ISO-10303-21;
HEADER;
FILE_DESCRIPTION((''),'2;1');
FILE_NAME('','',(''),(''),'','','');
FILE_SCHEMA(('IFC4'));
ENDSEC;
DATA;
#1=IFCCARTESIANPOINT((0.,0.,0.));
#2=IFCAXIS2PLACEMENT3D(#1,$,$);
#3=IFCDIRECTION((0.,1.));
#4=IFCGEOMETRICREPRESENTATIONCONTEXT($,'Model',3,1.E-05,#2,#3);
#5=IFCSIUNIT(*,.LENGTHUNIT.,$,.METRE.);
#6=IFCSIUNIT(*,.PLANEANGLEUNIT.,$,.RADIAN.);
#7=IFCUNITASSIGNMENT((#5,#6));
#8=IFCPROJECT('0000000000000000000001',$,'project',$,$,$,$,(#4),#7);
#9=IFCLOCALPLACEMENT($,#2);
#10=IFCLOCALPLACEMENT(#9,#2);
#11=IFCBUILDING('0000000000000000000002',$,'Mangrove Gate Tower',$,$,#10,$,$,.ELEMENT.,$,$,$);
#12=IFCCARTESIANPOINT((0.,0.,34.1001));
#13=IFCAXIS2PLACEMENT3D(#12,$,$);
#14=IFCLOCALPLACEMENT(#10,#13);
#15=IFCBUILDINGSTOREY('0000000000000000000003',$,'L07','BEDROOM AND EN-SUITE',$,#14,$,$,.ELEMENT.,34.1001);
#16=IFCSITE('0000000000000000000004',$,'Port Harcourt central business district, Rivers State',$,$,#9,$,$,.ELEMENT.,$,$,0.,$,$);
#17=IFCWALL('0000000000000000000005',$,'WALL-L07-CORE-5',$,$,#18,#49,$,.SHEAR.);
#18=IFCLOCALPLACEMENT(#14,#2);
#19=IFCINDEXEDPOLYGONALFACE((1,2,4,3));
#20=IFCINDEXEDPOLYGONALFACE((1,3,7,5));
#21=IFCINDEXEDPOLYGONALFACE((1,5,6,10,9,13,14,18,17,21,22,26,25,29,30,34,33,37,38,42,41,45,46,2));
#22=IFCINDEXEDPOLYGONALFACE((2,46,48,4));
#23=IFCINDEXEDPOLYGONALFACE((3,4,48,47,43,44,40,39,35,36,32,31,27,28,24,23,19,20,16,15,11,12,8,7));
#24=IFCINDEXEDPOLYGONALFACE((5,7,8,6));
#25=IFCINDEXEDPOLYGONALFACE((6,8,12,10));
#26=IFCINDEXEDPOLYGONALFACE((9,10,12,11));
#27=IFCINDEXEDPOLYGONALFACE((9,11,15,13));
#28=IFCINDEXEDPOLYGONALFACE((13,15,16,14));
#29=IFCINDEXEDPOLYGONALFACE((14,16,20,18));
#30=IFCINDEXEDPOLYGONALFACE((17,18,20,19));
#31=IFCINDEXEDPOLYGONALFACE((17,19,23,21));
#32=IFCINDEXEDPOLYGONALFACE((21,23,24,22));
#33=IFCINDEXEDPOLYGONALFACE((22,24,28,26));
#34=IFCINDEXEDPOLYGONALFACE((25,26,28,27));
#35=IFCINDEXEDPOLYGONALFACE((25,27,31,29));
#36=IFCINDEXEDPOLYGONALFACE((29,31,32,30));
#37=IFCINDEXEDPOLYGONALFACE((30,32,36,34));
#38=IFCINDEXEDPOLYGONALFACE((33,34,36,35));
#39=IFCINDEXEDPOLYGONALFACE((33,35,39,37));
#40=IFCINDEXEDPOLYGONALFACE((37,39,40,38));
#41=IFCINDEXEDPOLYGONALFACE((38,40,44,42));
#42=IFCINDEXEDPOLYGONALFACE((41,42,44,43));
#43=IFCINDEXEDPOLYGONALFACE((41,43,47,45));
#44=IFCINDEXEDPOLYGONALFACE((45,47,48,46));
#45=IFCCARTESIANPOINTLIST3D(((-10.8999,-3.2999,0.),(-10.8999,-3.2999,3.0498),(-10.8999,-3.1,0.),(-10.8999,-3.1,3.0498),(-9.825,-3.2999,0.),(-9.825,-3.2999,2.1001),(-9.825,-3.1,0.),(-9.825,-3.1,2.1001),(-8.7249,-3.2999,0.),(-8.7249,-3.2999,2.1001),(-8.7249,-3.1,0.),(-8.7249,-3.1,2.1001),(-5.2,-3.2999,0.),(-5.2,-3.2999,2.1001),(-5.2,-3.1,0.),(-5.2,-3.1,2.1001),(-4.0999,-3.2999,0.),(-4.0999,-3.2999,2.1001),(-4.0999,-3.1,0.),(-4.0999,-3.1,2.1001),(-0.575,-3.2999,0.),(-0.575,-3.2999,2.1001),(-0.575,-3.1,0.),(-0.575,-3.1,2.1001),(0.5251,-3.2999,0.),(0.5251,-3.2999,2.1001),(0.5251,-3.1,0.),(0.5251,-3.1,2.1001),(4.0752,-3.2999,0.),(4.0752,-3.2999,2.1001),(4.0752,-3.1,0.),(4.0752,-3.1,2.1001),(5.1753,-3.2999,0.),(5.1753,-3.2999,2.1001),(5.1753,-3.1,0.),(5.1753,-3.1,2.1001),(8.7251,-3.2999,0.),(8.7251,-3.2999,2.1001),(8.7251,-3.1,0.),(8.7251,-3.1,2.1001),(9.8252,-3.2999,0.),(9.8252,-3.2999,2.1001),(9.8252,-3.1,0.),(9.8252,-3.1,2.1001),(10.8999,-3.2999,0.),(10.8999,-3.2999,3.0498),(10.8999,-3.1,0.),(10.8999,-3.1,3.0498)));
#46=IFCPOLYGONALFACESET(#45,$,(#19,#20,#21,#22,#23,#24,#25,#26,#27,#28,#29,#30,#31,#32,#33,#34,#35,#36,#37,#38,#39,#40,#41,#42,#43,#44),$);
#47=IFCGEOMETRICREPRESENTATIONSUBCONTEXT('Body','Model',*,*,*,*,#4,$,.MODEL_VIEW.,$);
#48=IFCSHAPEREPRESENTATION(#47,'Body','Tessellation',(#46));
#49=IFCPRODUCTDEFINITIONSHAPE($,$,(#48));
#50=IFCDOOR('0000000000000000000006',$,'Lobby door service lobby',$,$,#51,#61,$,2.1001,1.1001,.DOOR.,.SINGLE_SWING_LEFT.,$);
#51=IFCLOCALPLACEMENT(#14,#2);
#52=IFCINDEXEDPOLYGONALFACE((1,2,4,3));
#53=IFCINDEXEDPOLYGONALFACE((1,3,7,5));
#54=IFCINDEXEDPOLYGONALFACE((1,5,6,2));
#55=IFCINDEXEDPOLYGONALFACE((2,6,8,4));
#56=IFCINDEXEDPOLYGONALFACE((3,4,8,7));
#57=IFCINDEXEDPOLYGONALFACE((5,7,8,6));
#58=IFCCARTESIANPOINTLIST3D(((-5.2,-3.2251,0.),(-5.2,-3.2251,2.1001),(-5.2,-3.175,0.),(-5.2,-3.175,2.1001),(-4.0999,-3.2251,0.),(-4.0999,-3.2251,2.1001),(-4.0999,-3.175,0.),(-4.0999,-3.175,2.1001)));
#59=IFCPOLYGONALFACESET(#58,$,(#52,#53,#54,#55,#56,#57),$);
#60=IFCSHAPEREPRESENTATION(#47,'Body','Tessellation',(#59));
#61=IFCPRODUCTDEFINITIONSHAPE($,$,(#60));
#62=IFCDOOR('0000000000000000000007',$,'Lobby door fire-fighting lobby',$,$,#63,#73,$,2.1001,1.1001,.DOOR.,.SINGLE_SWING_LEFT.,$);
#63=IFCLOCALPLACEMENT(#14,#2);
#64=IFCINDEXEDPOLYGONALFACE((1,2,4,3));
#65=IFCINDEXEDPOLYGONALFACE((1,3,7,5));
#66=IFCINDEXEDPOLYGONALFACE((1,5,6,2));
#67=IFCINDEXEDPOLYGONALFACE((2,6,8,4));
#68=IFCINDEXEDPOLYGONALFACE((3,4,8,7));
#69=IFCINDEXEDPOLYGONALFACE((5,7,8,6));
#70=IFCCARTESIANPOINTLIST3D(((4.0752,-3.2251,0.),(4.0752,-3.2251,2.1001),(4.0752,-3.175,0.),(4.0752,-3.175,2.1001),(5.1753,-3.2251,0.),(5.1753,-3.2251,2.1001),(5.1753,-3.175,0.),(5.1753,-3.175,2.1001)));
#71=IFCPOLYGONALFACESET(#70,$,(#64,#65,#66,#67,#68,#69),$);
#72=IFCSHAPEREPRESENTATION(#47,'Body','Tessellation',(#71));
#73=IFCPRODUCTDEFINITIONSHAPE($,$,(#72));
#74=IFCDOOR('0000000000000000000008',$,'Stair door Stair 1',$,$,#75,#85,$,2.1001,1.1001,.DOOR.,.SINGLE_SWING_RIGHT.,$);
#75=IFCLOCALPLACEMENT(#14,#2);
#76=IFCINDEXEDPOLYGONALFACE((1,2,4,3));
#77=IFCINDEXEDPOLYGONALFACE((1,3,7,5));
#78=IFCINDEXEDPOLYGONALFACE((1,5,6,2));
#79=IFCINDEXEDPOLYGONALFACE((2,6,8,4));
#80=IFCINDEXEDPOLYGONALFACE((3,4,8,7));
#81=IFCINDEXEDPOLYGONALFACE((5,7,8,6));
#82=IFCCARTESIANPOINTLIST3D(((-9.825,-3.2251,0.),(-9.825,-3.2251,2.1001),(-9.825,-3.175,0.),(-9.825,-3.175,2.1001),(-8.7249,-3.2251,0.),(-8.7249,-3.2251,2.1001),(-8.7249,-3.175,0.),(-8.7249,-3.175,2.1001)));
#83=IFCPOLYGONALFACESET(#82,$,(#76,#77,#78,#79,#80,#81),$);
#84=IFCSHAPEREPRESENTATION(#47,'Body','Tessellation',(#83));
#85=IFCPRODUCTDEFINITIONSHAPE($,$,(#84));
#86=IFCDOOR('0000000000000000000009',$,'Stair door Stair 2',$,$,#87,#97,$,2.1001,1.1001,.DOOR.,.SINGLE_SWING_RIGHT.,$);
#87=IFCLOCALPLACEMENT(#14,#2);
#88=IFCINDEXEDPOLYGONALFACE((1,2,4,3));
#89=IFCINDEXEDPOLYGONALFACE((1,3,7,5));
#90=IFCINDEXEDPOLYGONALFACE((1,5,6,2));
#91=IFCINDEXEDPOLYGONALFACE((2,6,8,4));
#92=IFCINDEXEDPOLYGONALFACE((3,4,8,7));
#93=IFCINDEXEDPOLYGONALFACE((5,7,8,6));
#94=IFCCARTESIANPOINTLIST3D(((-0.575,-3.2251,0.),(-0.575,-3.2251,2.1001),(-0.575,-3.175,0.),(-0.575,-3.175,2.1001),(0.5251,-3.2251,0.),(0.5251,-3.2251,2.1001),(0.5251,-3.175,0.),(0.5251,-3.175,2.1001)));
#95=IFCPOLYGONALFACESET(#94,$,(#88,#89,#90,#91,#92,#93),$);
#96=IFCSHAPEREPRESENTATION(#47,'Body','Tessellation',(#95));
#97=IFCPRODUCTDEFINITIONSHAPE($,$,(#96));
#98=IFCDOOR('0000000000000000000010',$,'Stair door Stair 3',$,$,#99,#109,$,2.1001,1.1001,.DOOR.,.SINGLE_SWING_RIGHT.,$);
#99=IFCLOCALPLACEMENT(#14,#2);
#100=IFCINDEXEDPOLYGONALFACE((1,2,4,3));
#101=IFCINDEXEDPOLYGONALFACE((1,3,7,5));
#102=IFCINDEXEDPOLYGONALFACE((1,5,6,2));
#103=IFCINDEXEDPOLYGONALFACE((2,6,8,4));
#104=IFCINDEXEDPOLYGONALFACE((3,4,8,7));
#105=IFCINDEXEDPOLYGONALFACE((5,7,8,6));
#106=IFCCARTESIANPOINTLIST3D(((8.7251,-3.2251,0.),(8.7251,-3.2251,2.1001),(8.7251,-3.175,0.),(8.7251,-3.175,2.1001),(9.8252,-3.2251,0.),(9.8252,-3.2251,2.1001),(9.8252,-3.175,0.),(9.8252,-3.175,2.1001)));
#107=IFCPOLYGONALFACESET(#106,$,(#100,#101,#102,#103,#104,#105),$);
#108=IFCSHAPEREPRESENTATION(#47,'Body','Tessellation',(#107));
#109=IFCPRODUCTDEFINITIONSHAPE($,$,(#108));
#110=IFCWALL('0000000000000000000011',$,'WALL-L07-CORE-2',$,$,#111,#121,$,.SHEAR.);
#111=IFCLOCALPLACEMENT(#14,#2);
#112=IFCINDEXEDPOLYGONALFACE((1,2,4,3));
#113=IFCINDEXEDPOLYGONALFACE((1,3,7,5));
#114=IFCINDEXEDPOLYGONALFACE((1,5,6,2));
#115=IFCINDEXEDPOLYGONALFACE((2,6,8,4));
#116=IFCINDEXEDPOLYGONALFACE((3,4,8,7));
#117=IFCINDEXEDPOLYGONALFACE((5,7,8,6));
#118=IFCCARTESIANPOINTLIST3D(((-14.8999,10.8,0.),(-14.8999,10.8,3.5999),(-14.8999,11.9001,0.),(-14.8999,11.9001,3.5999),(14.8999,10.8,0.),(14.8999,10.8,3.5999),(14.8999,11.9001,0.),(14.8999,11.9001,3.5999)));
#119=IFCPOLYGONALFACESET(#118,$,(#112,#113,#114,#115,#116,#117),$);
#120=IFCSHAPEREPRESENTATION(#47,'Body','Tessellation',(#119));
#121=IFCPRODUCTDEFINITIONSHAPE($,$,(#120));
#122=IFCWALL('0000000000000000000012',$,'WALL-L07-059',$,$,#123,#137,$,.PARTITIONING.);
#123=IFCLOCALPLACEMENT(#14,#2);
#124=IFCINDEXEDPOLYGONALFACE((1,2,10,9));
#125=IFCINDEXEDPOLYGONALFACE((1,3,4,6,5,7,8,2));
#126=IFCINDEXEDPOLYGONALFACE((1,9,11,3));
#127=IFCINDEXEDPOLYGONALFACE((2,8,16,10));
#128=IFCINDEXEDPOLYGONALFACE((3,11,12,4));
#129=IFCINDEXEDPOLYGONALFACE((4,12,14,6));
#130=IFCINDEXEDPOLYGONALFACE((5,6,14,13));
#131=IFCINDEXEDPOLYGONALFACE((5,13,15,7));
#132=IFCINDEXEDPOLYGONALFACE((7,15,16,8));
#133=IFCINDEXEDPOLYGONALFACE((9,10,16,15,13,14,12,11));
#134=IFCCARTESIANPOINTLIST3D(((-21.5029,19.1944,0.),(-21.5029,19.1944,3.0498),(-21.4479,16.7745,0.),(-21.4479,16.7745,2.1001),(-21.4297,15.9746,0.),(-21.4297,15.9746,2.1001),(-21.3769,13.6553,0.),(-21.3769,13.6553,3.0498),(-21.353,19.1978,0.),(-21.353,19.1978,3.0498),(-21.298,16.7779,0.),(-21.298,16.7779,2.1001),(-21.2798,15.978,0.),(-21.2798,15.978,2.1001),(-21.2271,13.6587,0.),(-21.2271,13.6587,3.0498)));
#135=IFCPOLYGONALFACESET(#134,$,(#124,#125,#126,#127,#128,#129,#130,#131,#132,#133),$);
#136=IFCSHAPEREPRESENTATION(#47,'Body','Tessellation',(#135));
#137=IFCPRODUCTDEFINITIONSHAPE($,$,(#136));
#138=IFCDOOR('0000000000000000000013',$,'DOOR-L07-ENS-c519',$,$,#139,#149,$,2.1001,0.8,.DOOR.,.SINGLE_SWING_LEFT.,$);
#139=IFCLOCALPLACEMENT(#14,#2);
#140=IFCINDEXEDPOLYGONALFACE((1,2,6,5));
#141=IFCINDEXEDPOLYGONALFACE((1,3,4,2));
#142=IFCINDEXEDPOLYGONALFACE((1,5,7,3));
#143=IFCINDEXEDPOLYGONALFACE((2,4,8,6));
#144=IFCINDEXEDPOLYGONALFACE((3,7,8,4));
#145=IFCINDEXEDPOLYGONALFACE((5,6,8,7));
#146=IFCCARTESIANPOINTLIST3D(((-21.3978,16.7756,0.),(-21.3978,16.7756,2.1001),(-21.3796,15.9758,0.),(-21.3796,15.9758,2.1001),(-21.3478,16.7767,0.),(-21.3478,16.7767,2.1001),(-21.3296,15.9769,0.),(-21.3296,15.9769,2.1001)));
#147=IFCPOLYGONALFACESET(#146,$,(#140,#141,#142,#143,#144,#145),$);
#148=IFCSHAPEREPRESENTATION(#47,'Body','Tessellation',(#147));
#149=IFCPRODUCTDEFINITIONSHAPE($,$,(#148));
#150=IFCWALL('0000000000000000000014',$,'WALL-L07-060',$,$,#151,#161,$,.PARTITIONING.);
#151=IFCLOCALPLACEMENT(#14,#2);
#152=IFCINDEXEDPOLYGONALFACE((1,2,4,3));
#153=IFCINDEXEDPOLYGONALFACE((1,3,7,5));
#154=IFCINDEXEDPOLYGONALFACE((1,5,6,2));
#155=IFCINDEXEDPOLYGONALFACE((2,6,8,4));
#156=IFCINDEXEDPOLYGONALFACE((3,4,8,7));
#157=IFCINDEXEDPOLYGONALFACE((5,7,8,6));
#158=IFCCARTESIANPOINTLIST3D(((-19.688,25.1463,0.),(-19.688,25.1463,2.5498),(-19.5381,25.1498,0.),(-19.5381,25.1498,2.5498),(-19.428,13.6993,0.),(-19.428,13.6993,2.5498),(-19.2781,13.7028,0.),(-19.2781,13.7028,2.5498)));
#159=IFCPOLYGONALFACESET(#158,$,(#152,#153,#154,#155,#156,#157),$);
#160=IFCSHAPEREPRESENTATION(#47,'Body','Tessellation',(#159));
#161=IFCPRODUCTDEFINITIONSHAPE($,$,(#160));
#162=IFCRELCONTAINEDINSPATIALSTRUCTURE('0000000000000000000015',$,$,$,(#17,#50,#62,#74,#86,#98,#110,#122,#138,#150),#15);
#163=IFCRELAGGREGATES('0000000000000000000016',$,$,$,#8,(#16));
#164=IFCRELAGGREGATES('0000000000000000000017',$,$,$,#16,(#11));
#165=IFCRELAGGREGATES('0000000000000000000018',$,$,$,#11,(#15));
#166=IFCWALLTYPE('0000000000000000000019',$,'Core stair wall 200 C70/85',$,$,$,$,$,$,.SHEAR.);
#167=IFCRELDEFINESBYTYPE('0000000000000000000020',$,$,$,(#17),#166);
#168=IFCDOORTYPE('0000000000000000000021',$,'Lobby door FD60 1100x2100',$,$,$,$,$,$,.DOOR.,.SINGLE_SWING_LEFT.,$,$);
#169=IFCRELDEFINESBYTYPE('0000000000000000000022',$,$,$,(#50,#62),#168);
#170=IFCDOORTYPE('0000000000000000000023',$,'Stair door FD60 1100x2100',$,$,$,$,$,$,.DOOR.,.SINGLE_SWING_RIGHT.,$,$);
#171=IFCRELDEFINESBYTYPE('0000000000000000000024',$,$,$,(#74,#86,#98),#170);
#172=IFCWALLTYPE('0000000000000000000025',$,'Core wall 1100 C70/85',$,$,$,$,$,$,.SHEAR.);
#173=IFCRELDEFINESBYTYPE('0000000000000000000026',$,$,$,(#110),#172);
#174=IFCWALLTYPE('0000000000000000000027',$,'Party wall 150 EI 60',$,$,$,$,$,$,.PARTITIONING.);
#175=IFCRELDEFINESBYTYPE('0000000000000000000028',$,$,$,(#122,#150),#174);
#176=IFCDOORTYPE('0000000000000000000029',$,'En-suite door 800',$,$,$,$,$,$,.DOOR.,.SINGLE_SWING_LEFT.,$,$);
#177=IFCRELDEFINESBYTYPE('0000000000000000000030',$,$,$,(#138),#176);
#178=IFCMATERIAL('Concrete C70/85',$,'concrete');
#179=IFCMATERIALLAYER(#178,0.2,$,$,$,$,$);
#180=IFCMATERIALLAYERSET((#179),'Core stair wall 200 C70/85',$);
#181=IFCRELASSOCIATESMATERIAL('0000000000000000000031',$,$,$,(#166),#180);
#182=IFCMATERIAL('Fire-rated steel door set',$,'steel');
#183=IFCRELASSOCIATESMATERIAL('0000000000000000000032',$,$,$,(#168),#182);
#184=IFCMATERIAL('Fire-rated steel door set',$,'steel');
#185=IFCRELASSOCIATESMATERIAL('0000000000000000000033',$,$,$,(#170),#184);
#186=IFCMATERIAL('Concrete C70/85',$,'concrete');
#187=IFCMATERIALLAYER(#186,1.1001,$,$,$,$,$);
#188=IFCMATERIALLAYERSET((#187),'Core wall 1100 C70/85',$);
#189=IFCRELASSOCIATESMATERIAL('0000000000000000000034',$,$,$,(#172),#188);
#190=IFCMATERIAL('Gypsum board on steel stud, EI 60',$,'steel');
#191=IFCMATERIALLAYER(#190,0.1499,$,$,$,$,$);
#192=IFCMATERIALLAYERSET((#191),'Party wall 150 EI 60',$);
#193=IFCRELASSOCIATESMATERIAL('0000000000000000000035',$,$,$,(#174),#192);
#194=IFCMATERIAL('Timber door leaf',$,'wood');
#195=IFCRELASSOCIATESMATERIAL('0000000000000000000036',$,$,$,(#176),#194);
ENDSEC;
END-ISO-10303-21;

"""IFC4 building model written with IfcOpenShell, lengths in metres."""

from ifc_helpers import new_model, si_unit, direction, frame, frame_2d, origin, place, context, subcontext, project, spatial, rectangle, extrude, material, layer, layer_set, type_object, element, fill, save


model = new_model("IFC4")

# Units and contexts
model_context = context("Model", 3, precision=1e-05, world=origin(), true_north=direction((0.0, 1.0)))
body_context = subcontext(model_context, "Body", "Model", "MODEL_VIEW")
ifc_project = project(units=[si_unit("LENGTHUNIT", "METRE"), si_unit("PLANEANGLEUNIT", "RADIAN")], contexts=[model_context])

# Site, building, storey
site_placement = place(None, origin())
site = spatial("IfcSite", under=ifc_project, at=site_placement, Name="Port Harcourt central business district, Rivers State", CompositionType="ELEMENT", RefElevation=0.0)
building_placement = place(site_placement, origin())
building = spatial("IfcBuilding", under=site, at=building_placement, Name="Mangrove Gate Tower", CompositionType="ELEMENT")
storey_placement = place(building_placement, frame((0.0, 0.0, 34.1001)))
storey = spatial("IfcBuildingStorey", under=building, at=storey_placement, Name="L07", Description="BEDROOM AND EN-SUITE", CompositionType="ELEMENT", Elevation=34.1001)

# Wall, openings, doors
ifc_material_1 = material(Name="Concrete C70/85", Category="concrete")
ifc_layer_1 = layer(ifc_material_1, 0.2)
ifc_layer_set_1 = layer_set([ifc_layer_1], Name="Core stair wall 200 C70/85")
wall_type_1 = type_object("IfcWallType", Name="Core stair wall 200 C70/85", PredefinedType="SHEAR", material=ifc_layer_set_1)
wall_1_placement = place(storey_placement, frame((-10.8999, -3.2, 0.0), z_axis=(0.0, 0.0, 1.0), x_axis=(1.0, 0.0, 0.0)))
wall_1 = element("IfcWall", 1, at=wall_1_placement, inside=storey, type_object=wall_type_1, Name="WALL-L07-CORE-5", PredefinedType="SHEAR", context=body_context, shape_type="SweptSolid", body=[
    extrude(rectangle(XDim=21.7998, YDim=0.2, at=frame_2d((10.8999, 0.0))), origin(), (0.0, 0.0, 1.0), 3.0498),
])
opening_1_placement = place(wall_1_placement, frame((1.075, 0.0, 0.0)))
opening_1 = element("IfcOpeningElement", 2, at=opening_1_placement, cuts=wall_1, PredefinedType="OPENING", context=body_context, shape_type="SweptSolid", body=[
    extrude(rectangle(XDim=1.1001, YDim=2.1001, at=frame_2d((0.55, 1.05))), frame((0.0, 0.1099, 0.0), z_axis=(0.0, -1.0, 0.0), x_axis=(1.0, 0.0, 0.0)), (0.0, 0.0, 1.0), 0.22),
])
opening_2_placement = place(wall_1_placement, frame((10.325, 0.0, 0.0)))
opening_2 = element("IfcOpeningElement", 3, at=opening_2_placement, cuts=wall_1, PredefinedType="OPENING", context=body_context, shape_type="SweptSolid", body=[
    extrude(rectangle(XDim=1.1001, YDim=2.1001, at=frame_2d((0.55, 1.05))), frame((0.0, 0.1099, 0.0), z_axis=(0.0, -1.0, 0.0), x_axis=(1.0, 0.0, 0.0)), (0.0, 0.0, 1.0), 0.22),
])
opening_3_placement = place(wall_1_placement, frame((19.625, 0.0, 0.0)))
opening_3 = element("IfcOpeningElement", 4, at=opening_3_placement, cuts=wall_1, PredefinedType="OPENING", context=body_context, shape_type="SweptSolid", body=[
    extrude(rectangle(XDim=1.1001, YDim=2.1001, at=frame_2d((0.55, 1.05))), frame((0.0, 0.1099, 0.0), z_axis=(0.0, -1.0, 0.0), x_axis=(1.0, 0.0, 0.0)), (0.0, 0.0, 1.0), 0.22),
])
opening_4_placement = place(wall_1_placement, frame((5.7, 0.0, 0.0)))
opening_4 = element("IfcOpeningElement", 5, at=opening_4_placement, cuts=wall_1, PredefinedType="OPENING", context=body_context, shape_type="SweptSolid", body=[
    extrude(rectangle(XDim=1.1001, YDim=2.1001, at=frame_2d((0.55, 1.05))), frame((0.0, 0.1099, 0.0), z_axis=(0.0, -1.0, 0.0), x_axis=(1.0, 0.0, 0.0)), (0.0, 0.0, 1.0), 0.22),
])
opening_5_placement = place(wall_1_placement, frame((14.9751, 0.0, 0.0)))
opening_5 = element("IfcOpeningElement", 6, at=opening_5_placement, cuts=wall_1, PredefinedType="OPENING", context=body_context, shape_type="SweptSolid", body=[
    extrude(rectangle(XDim=1.1001, YDim=2.1001, at=frame_2d((0.55, 1.05))), frame((0.0, 0.1099, 0.0), z_axis=(0.0, -1.0, 0.0), x_axis=(1.0, 0.0, 0.0)), (0.0, 0.0, 1.0), 0.22),
])
ifc_material_2 = material(Name="Fire-rated steel door set", Category="steel")
door_type_1 = type_object("IfcDoorType", Name="Lobby door FD60 1100x2100", OperationType="SINGLE_SWING_LEFT", PredefinedType="DOOR", material=ifc_material_2)
door_1_placement = place(opening_4_placement, origin())
door_1 = element("IfcDoor", 7, at=door_1_placement, inside=storey, type_object=door_type_1, Name="Lobby door service lobby", OperationType="SINGLE_SWING_LEFT", OverallHeight=2.1001, OverallWidth=1.1001, PredefinedType="DOOR", context=body_context, shape_type="SweptSolid", body=[
    extrude(rectangle(XDim=1.1001, YDim=2.1001, at=frame_2d((0.55, 1.05))), frame((0.0, 0.0249, 0.0), z_axis=(0.0, -1.0, 0.0), x_axis=(1.0, 0.0, 0.0)), (0.0, 0.0, 1.0), 0.05),
])
fill(opening_4, door_1)
door_2_placement = place(opening_5_placement, origin())
door_2 = element("IfcDoor", 8, at=door_2_placement, inside=storey, type_object=door_type_1, Name="Lobby door fire-fighting lobby", OperationType="SINGLE_SWING_LEFT", OverallHeight=2.1001, OverallWidth=1.1001, PredefinedType="DOOR", context=body_context, shape_type="SweptSolid", body=[
    extrude(rectangle(XDim=1.1001, YDim=2.1001, at=frame_2d((0.55, 1.05))), frame((0.0, 0.0249, 0.0), z_axis=(0.0, -1.0, 0.0), x_axis=(1.0, 0.0, 0.0)), (0.0, 0.0, 1.0), 0.05),
])
fill(opening_5, door_2)
ifc_material_3 = material(Name="Fire-rated steel door set", Category="steel")
door_type_2 = type_object("IfcDoorType", Name="Stair door FD60 1100x2100", OperationType="SINGLE_SWING_RIGHT", PredefinedType="DOOR", material=ifc_material_3)
door_3_placement = place(opening_1_placement, origin())
door_3 = element("IfcDoor", 9, at=door_3_placement, inside=storey, type_object=door_type_2, Name="Stair door Stair 1", OperationType="SINGLE_SWING_RIGHT", OverallHeight=2.1001, OverallWidth=1.1001, PredefinedType="DOOR", context=body_context, shape_type="SweptSolid", body=[
    extrude(rectangle(XDim=1.1001, YDim=2.1001, at=frame_2d((0.55, 1.05))), frame((0.0, 0.0249, 0.0), z_axis=(0.0, -1.0, 0.0), x_axis=(1.0, 0.0, 0.0)), (0.0, 0.0, 1.0), 0.05),
])
fill(opening_1, door_3)
door_4_placement = place(opening_2_placement, origin())
door_4 = element("IfcDoor", 10, at=door_4_placement, inside=storey, type_object=door_type_2, Name="Stair door Stair 2", OperationType="SINGLE_SWING_RIGHT", OverallHeight=2.1001, OverallWidth=1.1001, PredefinedType="DOOR", context=body_context, shape_type="SweptSolid", body=[
    extrude(rectangle(XDim=1.1001, YDim=2.1001, at=frame_2d((0.55, 1.05))), frame((0.0, 0.0249, 0.0), z_axis=(0.0, -1.0, 0.0), x_axis=(1.0, 0.0, 0.0)), (0.0, 0.0, 1.0), 0.05),
])
fill(opening_2, door_4)
door_5_placement = place(opening_3_placement, origin())
door_5 = element("IfcDoor", 11, at=door_5_placement, inside=storey, type_object=door_type_2, Name="Stair door Stair 3", OperationType="SINGLE_SWING_RIGHT", OverallHeight=2.1001, OverallWidth=1.1001, PredefinedType="DOOR", context=body_context, shape_type="SweptSolid", body=[
    extrude(rectangle(XDim=1.1001, YDim=2.1001, at=frame_2d((0.55, 1.05))), frame((0.0, 0.0249, 0.0), z_axis=(0.0, -1.0, 0.0), x_axis=(1.0, 0.0, 0.0)), (0.0, 0.0, 1.0), 0.05),
])
fill(opening_3, door_5)

# Wall
ifc_material_4 = material(Name="Concrete C70/85", Category="concrete")
ifc_layer_2 = layer(ifc_material_4, 1.1001)
ifc_layer_set_2 = layer_set([ifc_layer_2], Name="Core wall 1100 C70/85")
wall_type_2 = type_object("IfcWallType", Name="Core wall 1100 C70/85", PredefinedType="SHEAR", material=ifc_layer_set_2)
wall_2_placement = place(storey_placement, frame((-14.8999, 11.3501, 0.0), z_axis=(0.0, 0.0, 1.0), x_axis=(1.0, 0.0, 0.0)))
element("IfcWall", 12, at=wall_2_placement, inside=storey, type_object=wall_type_2, Name="WALL-L07-CORE-2", PredefinedType="SHEAR", context=body_context, shape_type="SweptSolid", body=[
    extrude(rectangle(XDim=29.7998, YDim=1.1001, at=frame_2d((14.8999, 0.0))), origin(), (0.0, 0.0, 1.0), 3.5999),
])

# Wall, opening, door
ifc_material_5 = material(Name="Gypsum board on steel stud, EI 60", Category="steel")
ifc_layer_3 = layer(ifc_material_5, 0.1499)
ifc_layer_set_3 = layer_set([ifc_layer_3], Name="Party wall 150 EI 60")
wall_type_3 = type_object("IfcWallType", Name="Party wall 150 EI 60", PredefinedType="PARTITIONING", material=ifc_layer_set_3)
wall_3_placement = place(storey_placement, frame((-21.302, 13.657, 0.0), z_axis=(0.0, 0.0, 1.0), x_axis=(-0.022737, 0.999741, 0.0)))
wall_3 = element("IfcWall", 13, at=wall_3_placement, inside=storey, type_object=wall_type_3, Name="WALL-L07-059", PredefinedType="PARTITIONING", context=body_context, shape_type="SweptSolid", body=[
    extrude(rectangle(XDim=5.5405, YDim=0.1499, at=frame_2d((2.7703, 0.0))), origin(), (0.0, 0.0, 1.0), 3.0498),
])
opening_6_placement = place(wall_3_placement, frame((2.3201, 0.0, 0.0)))
opening_6 = element("IfcOpeningElement", 14, at=opening_6_placement, cuts=wall_3, PredefinedType="OPENING", context=body_context, shape_type="SweptSolid", body=[
    extrude(rectangle(XDim=0.8, YDim=2.1001, at=frame_2d((0.3999, 1.05))), frame((0.0, 0.085, 0.0), z_axis=(0.0, -1.0, 0.0), x_axis=(1.0, 0.0, 0.0)), (0.0, 0.0, 1.0), 0.1699),
])
ifc_material_6 = material(Name="Timber door leaf", Category="wood")
door_type_3 = type_object("IfcDoorType", Name="En-suite door 800", OperationType="SINGLE_SWING_LEFT", PredefinedType="DOOR", material=ifc_material_6)
door_6_placement = place(opening_6_placement, origin())
door_6 = element("IfcDoor", 15, at=door_6_placement, inside=storey, type_object=door_type_3, Name="DOOR-L07-ENS-c519", OperationType="SINGLE_SWING_LEFT", OverallHeight=2.1001, OverallWidth=0.8, PredefinedType="DOOR", context=body_context, shape_type="SweptSolid", body=[
    extrude(rectangle(XDim=0.8, YDim=2.1001, at=frame_2d((0.3999, 1.05))), frame((0.0, 0.0249, 0.0), z_axis=(0.0, -1.0, 0.0), x_axis=(1.0, 0.0, 0.0)), (0.0, 0.0, 1.0), 0.05),
])
fill(opening_6, door_6)

# Wall
wall_4_placement = place(storey_placement, frame((-19.353, 13.7009, 0.0), z_axis=(0.0, 0.0, 1.0), x_axis=(-0.022708, 0.999742, 0.0)))
element("IfcWall", 16, at=wall_4_placement, inside=storey, type_object=wall_type_3, Name="WALL-L07-060", PredefinedType="PARTITIONING", context=body_context, shape_type="SweptSolid", body=[
    extrude(rectangle(XDim=11.45, YDim=0.1499, at=frame_2d((5.7251, 0.0))), origin(), (0.0, 0.0, 1.0), 2.5498),
])

save(model, "model.ifc")
